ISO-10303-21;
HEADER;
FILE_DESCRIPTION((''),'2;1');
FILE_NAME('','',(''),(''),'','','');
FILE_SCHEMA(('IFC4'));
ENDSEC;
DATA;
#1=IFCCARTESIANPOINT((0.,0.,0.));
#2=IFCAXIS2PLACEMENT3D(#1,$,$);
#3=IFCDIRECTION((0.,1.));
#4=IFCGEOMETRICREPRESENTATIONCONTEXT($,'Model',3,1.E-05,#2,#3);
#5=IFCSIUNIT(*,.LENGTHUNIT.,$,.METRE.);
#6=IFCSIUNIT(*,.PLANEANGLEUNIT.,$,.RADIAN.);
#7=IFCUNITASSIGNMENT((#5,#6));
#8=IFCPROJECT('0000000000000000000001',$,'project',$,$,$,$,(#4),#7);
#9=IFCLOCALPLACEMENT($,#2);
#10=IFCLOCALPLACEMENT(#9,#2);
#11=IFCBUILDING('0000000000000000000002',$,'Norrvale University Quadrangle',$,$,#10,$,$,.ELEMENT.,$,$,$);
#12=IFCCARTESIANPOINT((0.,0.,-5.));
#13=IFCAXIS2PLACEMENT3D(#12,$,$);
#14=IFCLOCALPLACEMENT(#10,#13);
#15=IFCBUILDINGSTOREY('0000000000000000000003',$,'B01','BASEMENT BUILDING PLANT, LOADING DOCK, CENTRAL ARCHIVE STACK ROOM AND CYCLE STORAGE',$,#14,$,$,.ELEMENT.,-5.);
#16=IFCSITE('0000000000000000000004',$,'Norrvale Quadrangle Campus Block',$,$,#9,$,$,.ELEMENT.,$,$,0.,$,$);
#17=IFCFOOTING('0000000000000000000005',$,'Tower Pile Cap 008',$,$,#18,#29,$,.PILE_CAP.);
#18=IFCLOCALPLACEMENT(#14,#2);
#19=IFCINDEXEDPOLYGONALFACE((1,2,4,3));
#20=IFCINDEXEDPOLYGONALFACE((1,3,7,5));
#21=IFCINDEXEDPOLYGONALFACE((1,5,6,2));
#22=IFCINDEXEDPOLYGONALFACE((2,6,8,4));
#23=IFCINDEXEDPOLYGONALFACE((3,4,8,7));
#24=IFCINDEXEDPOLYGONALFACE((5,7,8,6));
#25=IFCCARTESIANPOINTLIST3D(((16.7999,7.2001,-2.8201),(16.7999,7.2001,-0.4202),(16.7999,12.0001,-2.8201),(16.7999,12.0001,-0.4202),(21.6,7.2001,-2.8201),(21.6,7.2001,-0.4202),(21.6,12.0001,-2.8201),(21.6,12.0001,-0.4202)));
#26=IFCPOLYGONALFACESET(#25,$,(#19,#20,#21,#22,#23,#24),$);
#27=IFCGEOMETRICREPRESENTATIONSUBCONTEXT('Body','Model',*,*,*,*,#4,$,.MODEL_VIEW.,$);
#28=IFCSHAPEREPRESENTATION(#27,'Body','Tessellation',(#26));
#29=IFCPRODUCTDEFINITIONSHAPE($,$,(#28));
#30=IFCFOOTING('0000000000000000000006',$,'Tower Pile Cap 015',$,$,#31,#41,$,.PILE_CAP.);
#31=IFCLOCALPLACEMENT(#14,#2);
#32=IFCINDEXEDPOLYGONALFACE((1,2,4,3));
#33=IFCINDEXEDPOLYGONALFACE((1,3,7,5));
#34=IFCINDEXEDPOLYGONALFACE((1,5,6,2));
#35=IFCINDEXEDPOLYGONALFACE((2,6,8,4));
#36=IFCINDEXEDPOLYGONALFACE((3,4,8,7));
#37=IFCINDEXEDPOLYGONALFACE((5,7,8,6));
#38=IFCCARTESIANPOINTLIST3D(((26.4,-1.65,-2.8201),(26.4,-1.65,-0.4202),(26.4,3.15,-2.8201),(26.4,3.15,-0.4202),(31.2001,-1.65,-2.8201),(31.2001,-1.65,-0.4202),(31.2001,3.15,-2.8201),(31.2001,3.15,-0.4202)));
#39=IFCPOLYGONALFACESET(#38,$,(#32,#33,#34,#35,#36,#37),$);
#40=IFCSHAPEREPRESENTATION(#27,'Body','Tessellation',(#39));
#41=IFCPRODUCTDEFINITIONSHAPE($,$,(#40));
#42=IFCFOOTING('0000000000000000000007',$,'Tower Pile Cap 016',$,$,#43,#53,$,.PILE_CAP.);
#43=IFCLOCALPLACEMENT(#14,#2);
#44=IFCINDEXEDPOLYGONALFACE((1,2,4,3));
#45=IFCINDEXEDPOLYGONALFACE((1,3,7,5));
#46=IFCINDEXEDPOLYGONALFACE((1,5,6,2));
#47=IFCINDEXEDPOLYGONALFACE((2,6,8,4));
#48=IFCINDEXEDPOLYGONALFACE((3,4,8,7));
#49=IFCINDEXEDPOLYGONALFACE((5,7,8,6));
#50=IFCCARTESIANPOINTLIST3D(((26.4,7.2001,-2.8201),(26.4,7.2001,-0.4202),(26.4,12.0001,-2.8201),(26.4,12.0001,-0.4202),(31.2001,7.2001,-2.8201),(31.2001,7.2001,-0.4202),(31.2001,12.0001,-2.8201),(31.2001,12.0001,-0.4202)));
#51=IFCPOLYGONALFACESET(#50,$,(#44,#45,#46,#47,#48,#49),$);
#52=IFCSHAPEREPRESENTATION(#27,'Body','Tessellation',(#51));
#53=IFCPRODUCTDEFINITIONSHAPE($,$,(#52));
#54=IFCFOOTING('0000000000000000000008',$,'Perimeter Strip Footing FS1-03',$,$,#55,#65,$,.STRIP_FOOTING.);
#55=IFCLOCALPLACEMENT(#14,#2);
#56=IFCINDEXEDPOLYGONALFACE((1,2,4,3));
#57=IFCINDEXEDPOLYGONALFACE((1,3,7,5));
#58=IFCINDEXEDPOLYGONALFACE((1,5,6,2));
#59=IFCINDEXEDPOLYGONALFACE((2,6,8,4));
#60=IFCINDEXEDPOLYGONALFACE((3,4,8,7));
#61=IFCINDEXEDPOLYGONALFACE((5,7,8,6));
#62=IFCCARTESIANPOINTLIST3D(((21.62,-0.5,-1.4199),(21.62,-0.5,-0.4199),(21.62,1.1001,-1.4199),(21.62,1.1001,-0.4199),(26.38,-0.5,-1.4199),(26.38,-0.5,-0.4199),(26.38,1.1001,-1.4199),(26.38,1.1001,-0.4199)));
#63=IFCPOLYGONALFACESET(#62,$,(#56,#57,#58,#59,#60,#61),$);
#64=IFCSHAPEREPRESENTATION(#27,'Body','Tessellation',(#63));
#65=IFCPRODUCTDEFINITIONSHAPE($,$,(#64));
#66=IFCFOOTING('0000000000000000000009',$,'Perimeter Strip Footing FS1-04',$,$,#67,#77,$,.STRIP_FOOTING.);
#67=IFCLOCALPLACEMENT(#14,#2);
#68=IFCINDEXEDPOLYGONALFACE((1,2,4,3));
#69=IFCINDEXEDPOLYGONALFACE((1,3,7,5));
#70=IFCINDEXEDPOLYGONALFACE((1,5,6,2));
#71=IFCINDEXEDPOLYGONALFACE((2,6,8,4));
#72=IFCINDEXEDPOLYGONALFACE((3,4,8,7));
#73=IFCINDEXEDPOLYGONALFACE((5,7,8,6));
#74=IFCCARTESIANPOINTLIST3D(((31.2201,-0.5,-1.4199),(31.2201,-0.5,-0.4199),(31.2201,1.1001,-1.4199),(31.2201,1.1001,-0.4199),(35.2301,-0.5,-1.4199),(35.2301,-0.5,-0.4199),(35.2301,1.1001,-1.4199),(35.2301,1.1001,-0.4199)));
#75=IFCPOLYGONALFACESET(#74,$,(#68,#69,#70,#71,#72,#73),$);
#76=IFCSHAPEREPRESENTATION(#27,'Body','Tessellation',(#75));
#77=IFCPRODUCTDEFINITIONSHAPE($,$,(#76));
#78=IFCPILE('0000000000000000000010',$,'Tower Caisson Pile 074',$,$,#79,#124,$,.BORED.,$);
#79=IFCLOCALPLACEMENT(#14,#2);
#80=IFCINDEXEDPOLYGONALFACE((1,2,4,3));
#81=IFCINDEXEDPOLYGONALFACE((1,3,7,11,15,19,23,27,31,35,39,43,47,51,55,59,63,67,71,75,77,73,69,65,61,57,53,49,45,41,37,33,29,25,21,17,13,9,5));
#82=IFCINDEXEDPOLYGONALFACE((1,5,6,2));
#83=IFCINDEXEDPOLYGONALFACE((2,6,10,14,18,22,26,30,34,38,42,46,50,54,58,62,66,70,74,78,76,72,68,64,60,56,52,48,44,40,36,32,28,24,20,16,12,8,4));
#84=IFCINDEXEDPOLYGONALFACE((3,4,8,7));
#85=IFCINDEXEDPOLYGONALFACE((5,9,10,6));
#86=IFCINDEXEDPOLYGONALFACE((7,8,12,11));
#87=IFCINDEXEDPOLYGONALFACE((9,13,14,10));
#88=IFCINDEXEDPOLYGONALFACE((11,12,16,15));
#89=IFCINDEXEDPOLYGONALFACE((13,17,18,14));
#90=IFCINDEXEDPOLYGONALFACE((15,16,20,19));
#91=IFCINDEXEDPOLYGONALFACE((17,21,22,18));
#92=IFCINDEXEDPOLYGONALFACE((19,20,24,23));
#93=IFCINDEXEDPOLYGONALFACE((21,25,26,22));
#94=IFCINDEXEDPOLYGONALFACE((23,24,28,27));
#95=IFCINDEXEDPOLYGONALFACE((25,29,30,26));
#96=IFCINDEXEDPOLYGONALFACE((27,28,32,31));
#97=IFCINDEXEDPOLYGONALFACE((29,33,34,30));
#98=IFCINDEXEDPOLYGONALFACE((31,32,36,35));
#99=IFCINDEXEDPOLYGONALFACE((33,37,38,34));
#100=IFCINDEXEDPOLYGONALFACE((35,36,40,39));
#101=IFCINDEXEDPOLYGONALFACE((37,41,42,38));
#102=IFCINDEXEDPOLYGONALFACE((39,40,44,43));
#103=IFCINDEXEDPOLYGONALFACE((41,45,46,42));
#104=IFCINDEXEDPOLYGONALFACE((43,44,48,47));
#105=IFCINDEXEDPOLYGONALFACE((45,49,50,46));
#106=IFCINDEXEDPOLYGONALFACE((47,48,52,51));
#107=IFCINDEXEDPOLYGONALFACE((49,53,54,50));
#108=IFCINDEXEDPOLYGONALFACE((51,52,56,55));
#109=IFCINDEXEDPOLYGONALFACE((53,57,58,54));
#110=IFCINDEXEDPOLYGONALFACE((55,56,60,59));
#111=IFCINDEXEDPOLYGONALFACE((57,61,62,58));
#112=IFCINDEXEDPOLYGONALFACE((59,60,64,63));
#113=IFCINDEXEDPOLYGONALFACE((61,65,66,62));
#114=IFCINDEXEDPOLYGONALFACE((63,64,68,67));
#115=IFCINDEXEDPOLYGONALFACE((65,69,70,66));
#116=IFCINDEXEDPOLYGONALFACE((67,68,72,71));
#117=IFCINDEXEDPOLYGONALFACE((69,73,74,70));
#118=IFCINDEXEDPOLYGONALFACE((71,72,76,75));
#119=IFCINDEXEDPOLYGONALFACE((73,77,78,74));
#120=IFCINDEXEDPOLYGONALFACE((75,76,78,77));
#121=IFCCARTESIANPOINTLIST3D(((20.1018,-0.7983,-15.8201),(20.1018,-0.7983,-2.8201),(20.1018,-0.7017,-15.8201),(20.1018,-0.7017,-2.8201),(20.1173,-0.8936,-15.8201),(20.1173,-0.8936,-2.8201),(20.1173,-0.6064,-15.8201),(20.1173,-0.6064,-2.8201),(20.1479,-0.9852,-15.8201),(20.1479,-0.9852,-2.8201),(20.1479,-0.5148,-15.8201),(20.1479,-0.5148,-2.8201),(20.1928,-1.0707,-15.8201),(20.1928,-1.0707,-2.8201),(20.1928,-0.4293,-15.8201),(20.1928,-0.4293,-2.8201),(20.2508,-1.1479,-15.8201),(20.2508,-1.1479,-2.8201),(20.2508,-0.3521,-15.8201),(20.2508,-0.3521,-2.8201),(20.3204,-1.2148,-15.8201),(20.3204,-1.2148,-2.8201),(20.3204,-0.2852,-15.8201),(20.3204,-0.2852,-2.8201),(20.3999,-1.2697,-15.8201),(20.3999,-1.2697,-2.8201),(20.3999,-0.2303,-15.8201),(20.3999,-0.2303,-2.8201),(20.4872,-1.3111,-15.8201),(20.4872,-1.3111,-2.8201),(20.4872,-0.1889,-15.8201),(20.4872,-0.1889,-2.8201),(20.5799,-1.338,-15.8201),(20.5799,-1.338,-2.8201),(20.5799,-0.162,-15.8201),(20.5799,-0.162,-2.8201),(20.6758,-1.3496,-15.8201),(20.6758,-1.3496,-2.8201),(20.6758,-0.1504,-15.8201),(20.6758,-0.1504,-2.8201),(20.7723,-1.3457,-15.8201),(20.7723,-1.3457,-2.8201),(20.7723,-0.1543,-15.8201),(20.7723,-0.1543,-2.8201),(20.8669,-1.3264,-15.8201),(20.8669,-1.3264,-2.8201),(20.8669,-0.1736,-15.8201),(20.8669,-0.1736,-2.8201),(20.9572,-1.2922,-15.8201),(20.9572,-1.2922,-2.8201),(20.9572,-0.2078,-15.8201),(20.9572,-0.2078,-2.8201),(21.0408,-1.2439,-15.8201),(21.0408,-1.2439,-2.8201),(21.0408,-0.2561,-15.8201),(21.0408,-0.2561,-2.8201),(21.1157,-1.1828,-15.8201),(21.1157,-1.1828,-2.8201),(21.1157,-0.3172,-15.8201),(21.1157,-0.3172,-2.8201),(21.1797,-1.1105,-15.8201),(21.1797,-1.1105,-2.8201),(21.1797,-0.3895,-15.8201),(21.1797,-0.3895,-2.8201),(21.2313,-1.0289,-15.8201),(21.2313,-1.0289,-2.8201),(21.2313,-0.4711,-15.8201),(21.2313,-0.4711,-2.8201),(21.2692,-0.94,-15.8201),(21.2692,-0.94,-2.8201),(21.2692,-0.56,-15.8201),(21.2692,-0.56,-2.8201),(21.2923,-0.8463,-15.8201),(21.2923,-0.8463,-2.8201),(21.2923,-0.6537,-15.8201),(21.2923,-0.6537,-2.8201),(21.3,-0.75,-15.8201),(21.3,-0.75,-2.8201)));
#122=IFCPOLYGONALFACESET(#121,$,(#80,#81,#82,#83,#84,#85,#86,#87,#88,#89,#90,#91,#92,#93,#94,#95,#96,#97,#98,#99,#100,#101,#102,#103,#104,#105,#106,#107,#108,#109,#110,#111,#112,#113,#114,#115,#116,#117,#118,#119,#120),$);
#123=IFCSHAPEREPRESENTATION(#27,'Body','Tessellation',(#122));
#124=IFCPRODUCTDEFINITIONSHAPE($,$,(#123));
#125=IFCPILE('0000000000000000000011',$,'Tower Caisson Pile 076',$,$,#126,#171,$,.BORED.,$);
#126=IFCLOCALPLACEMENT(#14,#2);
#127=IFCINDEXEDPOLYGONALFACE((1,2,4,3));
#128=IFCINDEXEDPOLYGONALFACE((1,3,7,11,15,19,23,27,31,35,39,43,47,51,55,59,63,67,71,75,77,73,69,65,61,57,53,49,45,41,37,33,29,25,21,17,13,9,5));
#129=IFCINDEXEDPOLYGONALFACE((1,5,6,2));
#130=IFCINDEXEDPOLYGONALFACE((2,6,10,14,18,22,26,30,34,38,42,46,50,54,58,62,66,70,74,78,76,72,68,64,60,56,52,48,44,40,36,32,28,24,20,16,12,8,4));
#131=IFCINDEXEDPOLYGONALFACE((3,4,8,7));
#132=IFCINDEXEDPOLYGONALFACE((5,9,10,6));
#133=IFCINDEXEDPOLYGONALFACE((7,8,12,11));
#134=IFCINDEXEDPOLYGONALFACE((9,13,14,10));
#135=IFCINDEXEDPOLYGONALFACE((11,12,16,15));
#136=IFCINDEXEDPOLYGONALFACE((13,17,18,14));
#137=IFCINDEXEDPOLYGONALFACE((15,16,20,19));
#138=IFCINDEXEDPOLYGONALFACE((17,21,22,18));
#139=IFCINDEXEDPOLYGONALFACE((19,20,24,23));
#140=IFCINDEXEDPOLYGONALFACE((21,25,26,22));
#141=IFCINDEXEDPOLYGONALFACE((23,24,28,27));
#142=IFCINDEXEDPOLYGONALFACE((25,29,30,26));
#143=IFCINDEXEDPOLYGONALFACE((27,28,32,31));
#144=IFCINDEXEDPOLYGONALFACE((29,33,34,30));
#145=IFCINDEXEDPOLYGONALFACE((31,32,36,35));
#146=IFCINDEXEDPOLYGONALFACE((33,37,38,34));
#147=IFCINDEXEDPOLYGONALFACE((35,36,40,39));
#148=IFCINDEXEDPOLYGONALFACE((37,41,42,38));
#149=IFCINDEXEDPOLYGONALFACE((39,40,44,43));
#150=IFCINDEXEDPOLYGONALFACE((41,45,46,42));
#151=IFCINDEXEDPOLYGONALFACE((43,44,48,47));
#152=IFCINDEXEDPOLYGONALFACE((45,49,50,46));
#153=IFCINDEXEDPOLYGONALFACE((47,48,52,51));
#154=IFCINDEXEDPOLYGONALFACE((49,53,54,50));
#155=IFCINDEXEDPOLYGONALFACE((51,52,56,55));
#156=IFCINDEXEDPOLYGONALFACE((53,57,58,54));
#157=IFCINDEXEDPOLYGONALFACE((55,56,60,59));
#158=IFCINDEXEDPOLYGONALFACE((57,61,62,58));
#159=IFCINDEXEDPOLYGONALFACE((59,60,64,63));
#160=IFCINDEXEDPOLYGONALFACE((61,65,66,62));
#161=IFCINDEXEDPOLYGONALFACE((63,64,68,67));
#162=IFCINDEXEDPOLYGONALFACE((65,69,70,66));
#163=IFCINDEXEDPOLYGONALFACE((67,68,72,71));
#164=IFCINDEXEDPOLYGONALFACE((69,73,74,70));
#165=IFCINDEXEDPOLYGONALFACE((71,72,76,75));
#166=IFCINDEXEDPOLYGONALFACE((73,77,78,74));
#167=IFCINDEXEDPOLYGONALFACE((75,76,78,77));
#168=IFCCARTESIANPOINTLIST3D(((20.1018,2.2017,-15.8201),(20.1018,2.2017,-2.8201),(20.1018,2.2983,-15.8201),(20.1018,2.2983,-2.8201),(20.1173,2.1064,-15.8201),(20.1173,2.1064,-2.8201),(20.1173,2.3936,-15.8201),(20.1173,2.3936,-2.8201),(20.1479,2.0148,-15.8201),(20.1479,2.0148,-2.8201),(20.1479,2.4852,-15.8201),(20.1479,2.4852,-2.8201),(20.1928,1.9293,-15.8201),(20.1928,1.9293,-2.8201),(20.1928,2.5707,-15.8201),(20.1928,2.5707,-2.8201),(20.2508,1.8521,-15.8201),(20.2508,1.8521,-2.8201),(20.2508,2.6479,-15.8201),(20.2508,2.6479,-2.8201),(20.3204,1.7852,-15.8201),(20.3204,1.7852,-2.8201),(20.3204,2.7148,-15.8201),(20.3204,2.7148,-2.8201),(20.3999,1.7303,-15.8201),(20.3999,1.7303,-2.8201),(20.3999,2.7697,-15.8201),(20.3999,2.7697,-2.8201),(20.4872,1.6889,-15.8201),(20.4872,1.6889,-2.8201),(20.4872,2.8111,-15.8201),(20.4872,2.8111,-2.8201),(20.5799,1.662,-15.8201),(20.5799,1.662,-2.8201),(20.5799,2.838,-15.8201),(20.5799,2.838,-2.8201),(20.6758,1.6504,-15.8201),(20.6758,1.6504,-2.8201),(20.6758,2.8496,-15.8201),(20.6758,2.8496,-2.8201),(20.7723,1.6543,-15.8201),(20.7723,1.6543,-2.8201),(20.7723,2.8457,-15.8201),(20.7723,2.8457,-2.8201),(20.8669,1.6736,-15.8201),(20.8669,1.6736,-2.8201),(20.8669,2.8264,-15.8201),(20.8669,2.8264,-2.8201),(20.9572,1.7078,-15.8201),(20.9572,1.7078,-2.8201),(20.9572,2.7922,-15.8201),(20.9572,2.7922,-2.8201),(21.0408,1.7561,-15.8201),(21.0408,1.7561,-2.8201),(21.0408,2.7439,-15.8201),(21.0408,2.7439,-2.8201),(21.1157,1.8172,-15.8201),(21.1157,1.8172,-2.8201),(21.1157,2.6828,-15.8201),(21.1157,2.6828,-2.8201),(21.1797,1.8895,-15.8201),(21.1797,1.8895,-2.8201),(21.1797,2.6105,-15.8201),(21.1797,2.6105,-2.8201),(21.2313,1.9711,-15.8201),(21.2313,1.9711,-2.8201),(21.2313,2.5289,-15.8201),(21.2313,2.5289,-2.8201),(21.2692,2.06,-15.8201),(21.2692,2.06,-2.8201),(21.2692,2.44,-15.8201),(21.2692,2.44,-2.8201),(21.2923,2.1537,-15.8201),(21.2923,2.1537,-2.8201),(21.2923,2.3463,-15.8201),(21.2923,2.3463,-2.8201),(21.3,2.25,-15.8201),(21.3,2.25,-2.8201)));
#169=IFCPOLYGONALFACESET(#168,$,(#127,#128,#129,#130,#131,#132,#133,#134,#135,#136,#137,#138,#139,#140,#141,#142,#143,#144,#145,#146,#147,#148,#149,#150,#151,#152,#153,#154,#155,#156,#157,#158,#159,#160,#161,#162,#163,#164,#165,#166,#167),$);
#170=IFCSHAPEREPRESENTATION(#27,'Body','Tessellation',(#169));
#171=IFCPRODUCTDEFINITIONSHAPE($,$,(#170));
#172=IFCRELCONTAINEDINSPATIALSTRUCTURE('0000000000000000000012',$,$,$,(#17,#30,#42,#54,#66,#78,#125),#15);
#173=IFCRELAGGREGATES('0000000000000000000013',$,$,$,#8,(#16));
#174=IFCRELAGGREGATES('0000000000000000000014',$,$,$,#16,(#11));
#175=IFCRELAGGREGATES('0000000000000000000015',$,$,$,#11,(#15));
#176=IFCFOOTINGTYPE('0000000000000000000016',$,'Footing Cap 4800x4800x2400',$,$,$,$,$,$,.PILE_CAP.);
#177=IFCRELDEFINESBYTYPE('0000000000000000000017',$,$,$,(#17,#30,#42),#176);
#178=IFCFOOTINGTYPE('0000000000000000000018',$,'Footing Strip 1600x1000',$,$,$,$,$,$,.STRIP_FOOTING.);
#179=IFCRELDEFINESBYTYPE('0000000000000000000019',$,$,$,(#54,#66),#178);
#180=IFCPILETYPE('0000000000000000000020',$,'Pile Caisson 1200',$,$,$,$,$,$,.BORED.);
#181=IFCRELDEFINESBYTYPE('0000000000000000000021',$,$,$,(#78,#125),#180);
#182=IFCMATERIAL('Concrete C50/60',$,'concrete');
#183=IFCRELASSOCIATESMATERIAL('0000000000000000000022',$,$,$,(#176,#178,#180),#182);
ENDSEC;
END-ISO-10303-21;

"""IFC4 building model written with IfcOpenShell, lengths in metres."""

from ifc_helpers import new_model, si_unit, direction, frame, origin, origin_2d, place, context, subcontext, project, spatial, rectangle, circle, extrude, material, material_profile, profile_set, type_object, element, save


model = new_model("IFC4")

# Units and contexts
model_context = context("Model", 3, precision=1e-05, world=origin(), true_north=direction((0.0, 1.0)))
body_context = subcontext(model_context, "Body", "Model", "MODEL_VIEW")
ifc_project = project(units=[si_unit("LENGTHUNIT", "METRE"), si_unit("PLANEANGLEUNIT", "RADIAN")], contexts=[model_context])

# Site, building, storey
site_placement = place(None, origin())
site = spatial("IfcSite", under=ifc_project, at=site_placement, Name="Norrvale Quadrangle Campus Block", CompositionType="ELEMENT", RefElevation=0.0)
building_placement = place(site_placement, origin())
building = spatial("IfcBuilding", under=site, at=building_placement, Name="Norrvale University Quadrangle", CompositionType="ELEMENT")
storey_placement = place(building_placement, frame((0.0, 0.0, -5.0)))
storey = spatial("IfcBuildingStorey", under=building, at=storey_placement, Name="B01", Description="BASEMENT BUILDING PLANT, LOADING DOCK, CENTRAL ARCHIVE STACK ROOM AND CYCLE STORAGE", CompositionType="ELEMENT", Elevation=-5.0)

# Footings
ifc_material_1 = material(Name="Concrete C50/60", Category="concrete")
footing_type_1 = type_object("IfcFootingType", Name="Footing Cap 4800x4800x2400", PredefinedType="PILE_CAP", material=ifc_material_1)
for number, where, z_axis, x_axis, name in (
    (1, (19.2, 9.6001, -2.8201), (0.0, 0.0, 1.0), (1.0, 0.0, 0.0), "Tower Pile Cap 008"),
    (2, (28.8, 0.75, -2.8201), (0.0, 0.0, 1.0), (1.0, 0.0, 0.0), "Tower Pile Cap 015"),
    (3, (28.8, 9.6001, -2.8201), (0.0, 0.0, 1.0), (1.0, 0.0, 0.0), "Tower Pile Cap 016"),
):
    element("IfcFooting", number, at=place(storey_placement, frame(where, z_axis=z_axis, x_axis=x_axis)), inside=storey, type_object=footing_type_1, Name=name, PredefinedType="PILE_CAP", context=body_context, shape_type="SweptSolid", body=[
        extrude(rectangle(XDim=4.8, YDim=4.8, at=origin_2d()), origin(), (0.0, 0.0, 1.0), 2.3999),
    ])
footing_type_2 = type_object("IfcFootingType", Name="Footing Strip 1600x1000", PredefinedType="STRIP_FOOTING", material=ifc_material_1)
footing_1_placement = place(storey_placement, frame((24.0, 0.3, -1.4199), z_axis=(0.0, 0.0, 1.0), x_axis=(1.0, 0.0, 0.0)))
element("IfcFooting", 4, at=footing_1_placement, inside=storey, type_object=footing_type_2, Name="Perimeter Strip Footing FS1-03", PredefinedType="STRIP_FOOTING", context=body_context, shape_type="SweptSolid", body=[
    extrude(rectangle(XDim=4.76, YDim=1.6001, at=origin_2d()), origin(), (0.0, 0.0, 1.0), 1.0),
])
footing_2_placement = place(storey_placement, frame((33.2251, 0.3, -1.4199), z_axis=(0.0, 0.0, 1.0), x_axis=(1.0, 0.0, 0.0)))
element("IfcFooting", 5, at=footing_2_placement, inside=storey, type_object=footing_type_2, Name="Perimeter Strip Footing FS1-04", PredefinedType="STRIP_FOOTING", context=body_context, shape_type="SweptSolid", body=[
    extrude(rectangle(XDim=4.01, YDim=1.6001, at=origin_2d()), origin(), (0.0, 0.0, 1.0), 1.0),
])

# Piles
ifc_material_profile_1 = material_profile(ifc_material_1, circle(Radius=0.6001, at=origin_2d()), Name="Concrete C50/60")
ifc_profile_set_1 = profile_set([ifc_material_profile_1], Name="Concrete C50/60")
pile_type = type_object("IfcPileType", Name="Pile Caisson 1200", PredefinedType="BORED", material=ifc_profile_set_1)
for number, where, z_axis, x_axis, name in (
    (6, (20.7, -0.75, -2.8201), (0.0, 0.0, -1.0), (1.0, 0.0, 0.0), "Tower Caisson Pile 074"),
    (7, (20.7, 2.25, -2.8201), (0.0, 0.0, -1.0), (1.0, 0.0, 0.0), "Tower Caisson Pile 076"),
):
    element("IfcPile", number, at=place(storey_placement, frame(where, z_axis=z_axis, x_axis=x_axis)), inside=storey, type_object=pile_type, Name=name, PredefinedType="BORED", context=body_context, shape_type="SweptSolid", body=[
        extrude(circle(Radius=0.6001, at=origin_2d()), origin(), (0.0, 0.0, 1.0), 13.0),
    ])

save(model, "model.ifc")
